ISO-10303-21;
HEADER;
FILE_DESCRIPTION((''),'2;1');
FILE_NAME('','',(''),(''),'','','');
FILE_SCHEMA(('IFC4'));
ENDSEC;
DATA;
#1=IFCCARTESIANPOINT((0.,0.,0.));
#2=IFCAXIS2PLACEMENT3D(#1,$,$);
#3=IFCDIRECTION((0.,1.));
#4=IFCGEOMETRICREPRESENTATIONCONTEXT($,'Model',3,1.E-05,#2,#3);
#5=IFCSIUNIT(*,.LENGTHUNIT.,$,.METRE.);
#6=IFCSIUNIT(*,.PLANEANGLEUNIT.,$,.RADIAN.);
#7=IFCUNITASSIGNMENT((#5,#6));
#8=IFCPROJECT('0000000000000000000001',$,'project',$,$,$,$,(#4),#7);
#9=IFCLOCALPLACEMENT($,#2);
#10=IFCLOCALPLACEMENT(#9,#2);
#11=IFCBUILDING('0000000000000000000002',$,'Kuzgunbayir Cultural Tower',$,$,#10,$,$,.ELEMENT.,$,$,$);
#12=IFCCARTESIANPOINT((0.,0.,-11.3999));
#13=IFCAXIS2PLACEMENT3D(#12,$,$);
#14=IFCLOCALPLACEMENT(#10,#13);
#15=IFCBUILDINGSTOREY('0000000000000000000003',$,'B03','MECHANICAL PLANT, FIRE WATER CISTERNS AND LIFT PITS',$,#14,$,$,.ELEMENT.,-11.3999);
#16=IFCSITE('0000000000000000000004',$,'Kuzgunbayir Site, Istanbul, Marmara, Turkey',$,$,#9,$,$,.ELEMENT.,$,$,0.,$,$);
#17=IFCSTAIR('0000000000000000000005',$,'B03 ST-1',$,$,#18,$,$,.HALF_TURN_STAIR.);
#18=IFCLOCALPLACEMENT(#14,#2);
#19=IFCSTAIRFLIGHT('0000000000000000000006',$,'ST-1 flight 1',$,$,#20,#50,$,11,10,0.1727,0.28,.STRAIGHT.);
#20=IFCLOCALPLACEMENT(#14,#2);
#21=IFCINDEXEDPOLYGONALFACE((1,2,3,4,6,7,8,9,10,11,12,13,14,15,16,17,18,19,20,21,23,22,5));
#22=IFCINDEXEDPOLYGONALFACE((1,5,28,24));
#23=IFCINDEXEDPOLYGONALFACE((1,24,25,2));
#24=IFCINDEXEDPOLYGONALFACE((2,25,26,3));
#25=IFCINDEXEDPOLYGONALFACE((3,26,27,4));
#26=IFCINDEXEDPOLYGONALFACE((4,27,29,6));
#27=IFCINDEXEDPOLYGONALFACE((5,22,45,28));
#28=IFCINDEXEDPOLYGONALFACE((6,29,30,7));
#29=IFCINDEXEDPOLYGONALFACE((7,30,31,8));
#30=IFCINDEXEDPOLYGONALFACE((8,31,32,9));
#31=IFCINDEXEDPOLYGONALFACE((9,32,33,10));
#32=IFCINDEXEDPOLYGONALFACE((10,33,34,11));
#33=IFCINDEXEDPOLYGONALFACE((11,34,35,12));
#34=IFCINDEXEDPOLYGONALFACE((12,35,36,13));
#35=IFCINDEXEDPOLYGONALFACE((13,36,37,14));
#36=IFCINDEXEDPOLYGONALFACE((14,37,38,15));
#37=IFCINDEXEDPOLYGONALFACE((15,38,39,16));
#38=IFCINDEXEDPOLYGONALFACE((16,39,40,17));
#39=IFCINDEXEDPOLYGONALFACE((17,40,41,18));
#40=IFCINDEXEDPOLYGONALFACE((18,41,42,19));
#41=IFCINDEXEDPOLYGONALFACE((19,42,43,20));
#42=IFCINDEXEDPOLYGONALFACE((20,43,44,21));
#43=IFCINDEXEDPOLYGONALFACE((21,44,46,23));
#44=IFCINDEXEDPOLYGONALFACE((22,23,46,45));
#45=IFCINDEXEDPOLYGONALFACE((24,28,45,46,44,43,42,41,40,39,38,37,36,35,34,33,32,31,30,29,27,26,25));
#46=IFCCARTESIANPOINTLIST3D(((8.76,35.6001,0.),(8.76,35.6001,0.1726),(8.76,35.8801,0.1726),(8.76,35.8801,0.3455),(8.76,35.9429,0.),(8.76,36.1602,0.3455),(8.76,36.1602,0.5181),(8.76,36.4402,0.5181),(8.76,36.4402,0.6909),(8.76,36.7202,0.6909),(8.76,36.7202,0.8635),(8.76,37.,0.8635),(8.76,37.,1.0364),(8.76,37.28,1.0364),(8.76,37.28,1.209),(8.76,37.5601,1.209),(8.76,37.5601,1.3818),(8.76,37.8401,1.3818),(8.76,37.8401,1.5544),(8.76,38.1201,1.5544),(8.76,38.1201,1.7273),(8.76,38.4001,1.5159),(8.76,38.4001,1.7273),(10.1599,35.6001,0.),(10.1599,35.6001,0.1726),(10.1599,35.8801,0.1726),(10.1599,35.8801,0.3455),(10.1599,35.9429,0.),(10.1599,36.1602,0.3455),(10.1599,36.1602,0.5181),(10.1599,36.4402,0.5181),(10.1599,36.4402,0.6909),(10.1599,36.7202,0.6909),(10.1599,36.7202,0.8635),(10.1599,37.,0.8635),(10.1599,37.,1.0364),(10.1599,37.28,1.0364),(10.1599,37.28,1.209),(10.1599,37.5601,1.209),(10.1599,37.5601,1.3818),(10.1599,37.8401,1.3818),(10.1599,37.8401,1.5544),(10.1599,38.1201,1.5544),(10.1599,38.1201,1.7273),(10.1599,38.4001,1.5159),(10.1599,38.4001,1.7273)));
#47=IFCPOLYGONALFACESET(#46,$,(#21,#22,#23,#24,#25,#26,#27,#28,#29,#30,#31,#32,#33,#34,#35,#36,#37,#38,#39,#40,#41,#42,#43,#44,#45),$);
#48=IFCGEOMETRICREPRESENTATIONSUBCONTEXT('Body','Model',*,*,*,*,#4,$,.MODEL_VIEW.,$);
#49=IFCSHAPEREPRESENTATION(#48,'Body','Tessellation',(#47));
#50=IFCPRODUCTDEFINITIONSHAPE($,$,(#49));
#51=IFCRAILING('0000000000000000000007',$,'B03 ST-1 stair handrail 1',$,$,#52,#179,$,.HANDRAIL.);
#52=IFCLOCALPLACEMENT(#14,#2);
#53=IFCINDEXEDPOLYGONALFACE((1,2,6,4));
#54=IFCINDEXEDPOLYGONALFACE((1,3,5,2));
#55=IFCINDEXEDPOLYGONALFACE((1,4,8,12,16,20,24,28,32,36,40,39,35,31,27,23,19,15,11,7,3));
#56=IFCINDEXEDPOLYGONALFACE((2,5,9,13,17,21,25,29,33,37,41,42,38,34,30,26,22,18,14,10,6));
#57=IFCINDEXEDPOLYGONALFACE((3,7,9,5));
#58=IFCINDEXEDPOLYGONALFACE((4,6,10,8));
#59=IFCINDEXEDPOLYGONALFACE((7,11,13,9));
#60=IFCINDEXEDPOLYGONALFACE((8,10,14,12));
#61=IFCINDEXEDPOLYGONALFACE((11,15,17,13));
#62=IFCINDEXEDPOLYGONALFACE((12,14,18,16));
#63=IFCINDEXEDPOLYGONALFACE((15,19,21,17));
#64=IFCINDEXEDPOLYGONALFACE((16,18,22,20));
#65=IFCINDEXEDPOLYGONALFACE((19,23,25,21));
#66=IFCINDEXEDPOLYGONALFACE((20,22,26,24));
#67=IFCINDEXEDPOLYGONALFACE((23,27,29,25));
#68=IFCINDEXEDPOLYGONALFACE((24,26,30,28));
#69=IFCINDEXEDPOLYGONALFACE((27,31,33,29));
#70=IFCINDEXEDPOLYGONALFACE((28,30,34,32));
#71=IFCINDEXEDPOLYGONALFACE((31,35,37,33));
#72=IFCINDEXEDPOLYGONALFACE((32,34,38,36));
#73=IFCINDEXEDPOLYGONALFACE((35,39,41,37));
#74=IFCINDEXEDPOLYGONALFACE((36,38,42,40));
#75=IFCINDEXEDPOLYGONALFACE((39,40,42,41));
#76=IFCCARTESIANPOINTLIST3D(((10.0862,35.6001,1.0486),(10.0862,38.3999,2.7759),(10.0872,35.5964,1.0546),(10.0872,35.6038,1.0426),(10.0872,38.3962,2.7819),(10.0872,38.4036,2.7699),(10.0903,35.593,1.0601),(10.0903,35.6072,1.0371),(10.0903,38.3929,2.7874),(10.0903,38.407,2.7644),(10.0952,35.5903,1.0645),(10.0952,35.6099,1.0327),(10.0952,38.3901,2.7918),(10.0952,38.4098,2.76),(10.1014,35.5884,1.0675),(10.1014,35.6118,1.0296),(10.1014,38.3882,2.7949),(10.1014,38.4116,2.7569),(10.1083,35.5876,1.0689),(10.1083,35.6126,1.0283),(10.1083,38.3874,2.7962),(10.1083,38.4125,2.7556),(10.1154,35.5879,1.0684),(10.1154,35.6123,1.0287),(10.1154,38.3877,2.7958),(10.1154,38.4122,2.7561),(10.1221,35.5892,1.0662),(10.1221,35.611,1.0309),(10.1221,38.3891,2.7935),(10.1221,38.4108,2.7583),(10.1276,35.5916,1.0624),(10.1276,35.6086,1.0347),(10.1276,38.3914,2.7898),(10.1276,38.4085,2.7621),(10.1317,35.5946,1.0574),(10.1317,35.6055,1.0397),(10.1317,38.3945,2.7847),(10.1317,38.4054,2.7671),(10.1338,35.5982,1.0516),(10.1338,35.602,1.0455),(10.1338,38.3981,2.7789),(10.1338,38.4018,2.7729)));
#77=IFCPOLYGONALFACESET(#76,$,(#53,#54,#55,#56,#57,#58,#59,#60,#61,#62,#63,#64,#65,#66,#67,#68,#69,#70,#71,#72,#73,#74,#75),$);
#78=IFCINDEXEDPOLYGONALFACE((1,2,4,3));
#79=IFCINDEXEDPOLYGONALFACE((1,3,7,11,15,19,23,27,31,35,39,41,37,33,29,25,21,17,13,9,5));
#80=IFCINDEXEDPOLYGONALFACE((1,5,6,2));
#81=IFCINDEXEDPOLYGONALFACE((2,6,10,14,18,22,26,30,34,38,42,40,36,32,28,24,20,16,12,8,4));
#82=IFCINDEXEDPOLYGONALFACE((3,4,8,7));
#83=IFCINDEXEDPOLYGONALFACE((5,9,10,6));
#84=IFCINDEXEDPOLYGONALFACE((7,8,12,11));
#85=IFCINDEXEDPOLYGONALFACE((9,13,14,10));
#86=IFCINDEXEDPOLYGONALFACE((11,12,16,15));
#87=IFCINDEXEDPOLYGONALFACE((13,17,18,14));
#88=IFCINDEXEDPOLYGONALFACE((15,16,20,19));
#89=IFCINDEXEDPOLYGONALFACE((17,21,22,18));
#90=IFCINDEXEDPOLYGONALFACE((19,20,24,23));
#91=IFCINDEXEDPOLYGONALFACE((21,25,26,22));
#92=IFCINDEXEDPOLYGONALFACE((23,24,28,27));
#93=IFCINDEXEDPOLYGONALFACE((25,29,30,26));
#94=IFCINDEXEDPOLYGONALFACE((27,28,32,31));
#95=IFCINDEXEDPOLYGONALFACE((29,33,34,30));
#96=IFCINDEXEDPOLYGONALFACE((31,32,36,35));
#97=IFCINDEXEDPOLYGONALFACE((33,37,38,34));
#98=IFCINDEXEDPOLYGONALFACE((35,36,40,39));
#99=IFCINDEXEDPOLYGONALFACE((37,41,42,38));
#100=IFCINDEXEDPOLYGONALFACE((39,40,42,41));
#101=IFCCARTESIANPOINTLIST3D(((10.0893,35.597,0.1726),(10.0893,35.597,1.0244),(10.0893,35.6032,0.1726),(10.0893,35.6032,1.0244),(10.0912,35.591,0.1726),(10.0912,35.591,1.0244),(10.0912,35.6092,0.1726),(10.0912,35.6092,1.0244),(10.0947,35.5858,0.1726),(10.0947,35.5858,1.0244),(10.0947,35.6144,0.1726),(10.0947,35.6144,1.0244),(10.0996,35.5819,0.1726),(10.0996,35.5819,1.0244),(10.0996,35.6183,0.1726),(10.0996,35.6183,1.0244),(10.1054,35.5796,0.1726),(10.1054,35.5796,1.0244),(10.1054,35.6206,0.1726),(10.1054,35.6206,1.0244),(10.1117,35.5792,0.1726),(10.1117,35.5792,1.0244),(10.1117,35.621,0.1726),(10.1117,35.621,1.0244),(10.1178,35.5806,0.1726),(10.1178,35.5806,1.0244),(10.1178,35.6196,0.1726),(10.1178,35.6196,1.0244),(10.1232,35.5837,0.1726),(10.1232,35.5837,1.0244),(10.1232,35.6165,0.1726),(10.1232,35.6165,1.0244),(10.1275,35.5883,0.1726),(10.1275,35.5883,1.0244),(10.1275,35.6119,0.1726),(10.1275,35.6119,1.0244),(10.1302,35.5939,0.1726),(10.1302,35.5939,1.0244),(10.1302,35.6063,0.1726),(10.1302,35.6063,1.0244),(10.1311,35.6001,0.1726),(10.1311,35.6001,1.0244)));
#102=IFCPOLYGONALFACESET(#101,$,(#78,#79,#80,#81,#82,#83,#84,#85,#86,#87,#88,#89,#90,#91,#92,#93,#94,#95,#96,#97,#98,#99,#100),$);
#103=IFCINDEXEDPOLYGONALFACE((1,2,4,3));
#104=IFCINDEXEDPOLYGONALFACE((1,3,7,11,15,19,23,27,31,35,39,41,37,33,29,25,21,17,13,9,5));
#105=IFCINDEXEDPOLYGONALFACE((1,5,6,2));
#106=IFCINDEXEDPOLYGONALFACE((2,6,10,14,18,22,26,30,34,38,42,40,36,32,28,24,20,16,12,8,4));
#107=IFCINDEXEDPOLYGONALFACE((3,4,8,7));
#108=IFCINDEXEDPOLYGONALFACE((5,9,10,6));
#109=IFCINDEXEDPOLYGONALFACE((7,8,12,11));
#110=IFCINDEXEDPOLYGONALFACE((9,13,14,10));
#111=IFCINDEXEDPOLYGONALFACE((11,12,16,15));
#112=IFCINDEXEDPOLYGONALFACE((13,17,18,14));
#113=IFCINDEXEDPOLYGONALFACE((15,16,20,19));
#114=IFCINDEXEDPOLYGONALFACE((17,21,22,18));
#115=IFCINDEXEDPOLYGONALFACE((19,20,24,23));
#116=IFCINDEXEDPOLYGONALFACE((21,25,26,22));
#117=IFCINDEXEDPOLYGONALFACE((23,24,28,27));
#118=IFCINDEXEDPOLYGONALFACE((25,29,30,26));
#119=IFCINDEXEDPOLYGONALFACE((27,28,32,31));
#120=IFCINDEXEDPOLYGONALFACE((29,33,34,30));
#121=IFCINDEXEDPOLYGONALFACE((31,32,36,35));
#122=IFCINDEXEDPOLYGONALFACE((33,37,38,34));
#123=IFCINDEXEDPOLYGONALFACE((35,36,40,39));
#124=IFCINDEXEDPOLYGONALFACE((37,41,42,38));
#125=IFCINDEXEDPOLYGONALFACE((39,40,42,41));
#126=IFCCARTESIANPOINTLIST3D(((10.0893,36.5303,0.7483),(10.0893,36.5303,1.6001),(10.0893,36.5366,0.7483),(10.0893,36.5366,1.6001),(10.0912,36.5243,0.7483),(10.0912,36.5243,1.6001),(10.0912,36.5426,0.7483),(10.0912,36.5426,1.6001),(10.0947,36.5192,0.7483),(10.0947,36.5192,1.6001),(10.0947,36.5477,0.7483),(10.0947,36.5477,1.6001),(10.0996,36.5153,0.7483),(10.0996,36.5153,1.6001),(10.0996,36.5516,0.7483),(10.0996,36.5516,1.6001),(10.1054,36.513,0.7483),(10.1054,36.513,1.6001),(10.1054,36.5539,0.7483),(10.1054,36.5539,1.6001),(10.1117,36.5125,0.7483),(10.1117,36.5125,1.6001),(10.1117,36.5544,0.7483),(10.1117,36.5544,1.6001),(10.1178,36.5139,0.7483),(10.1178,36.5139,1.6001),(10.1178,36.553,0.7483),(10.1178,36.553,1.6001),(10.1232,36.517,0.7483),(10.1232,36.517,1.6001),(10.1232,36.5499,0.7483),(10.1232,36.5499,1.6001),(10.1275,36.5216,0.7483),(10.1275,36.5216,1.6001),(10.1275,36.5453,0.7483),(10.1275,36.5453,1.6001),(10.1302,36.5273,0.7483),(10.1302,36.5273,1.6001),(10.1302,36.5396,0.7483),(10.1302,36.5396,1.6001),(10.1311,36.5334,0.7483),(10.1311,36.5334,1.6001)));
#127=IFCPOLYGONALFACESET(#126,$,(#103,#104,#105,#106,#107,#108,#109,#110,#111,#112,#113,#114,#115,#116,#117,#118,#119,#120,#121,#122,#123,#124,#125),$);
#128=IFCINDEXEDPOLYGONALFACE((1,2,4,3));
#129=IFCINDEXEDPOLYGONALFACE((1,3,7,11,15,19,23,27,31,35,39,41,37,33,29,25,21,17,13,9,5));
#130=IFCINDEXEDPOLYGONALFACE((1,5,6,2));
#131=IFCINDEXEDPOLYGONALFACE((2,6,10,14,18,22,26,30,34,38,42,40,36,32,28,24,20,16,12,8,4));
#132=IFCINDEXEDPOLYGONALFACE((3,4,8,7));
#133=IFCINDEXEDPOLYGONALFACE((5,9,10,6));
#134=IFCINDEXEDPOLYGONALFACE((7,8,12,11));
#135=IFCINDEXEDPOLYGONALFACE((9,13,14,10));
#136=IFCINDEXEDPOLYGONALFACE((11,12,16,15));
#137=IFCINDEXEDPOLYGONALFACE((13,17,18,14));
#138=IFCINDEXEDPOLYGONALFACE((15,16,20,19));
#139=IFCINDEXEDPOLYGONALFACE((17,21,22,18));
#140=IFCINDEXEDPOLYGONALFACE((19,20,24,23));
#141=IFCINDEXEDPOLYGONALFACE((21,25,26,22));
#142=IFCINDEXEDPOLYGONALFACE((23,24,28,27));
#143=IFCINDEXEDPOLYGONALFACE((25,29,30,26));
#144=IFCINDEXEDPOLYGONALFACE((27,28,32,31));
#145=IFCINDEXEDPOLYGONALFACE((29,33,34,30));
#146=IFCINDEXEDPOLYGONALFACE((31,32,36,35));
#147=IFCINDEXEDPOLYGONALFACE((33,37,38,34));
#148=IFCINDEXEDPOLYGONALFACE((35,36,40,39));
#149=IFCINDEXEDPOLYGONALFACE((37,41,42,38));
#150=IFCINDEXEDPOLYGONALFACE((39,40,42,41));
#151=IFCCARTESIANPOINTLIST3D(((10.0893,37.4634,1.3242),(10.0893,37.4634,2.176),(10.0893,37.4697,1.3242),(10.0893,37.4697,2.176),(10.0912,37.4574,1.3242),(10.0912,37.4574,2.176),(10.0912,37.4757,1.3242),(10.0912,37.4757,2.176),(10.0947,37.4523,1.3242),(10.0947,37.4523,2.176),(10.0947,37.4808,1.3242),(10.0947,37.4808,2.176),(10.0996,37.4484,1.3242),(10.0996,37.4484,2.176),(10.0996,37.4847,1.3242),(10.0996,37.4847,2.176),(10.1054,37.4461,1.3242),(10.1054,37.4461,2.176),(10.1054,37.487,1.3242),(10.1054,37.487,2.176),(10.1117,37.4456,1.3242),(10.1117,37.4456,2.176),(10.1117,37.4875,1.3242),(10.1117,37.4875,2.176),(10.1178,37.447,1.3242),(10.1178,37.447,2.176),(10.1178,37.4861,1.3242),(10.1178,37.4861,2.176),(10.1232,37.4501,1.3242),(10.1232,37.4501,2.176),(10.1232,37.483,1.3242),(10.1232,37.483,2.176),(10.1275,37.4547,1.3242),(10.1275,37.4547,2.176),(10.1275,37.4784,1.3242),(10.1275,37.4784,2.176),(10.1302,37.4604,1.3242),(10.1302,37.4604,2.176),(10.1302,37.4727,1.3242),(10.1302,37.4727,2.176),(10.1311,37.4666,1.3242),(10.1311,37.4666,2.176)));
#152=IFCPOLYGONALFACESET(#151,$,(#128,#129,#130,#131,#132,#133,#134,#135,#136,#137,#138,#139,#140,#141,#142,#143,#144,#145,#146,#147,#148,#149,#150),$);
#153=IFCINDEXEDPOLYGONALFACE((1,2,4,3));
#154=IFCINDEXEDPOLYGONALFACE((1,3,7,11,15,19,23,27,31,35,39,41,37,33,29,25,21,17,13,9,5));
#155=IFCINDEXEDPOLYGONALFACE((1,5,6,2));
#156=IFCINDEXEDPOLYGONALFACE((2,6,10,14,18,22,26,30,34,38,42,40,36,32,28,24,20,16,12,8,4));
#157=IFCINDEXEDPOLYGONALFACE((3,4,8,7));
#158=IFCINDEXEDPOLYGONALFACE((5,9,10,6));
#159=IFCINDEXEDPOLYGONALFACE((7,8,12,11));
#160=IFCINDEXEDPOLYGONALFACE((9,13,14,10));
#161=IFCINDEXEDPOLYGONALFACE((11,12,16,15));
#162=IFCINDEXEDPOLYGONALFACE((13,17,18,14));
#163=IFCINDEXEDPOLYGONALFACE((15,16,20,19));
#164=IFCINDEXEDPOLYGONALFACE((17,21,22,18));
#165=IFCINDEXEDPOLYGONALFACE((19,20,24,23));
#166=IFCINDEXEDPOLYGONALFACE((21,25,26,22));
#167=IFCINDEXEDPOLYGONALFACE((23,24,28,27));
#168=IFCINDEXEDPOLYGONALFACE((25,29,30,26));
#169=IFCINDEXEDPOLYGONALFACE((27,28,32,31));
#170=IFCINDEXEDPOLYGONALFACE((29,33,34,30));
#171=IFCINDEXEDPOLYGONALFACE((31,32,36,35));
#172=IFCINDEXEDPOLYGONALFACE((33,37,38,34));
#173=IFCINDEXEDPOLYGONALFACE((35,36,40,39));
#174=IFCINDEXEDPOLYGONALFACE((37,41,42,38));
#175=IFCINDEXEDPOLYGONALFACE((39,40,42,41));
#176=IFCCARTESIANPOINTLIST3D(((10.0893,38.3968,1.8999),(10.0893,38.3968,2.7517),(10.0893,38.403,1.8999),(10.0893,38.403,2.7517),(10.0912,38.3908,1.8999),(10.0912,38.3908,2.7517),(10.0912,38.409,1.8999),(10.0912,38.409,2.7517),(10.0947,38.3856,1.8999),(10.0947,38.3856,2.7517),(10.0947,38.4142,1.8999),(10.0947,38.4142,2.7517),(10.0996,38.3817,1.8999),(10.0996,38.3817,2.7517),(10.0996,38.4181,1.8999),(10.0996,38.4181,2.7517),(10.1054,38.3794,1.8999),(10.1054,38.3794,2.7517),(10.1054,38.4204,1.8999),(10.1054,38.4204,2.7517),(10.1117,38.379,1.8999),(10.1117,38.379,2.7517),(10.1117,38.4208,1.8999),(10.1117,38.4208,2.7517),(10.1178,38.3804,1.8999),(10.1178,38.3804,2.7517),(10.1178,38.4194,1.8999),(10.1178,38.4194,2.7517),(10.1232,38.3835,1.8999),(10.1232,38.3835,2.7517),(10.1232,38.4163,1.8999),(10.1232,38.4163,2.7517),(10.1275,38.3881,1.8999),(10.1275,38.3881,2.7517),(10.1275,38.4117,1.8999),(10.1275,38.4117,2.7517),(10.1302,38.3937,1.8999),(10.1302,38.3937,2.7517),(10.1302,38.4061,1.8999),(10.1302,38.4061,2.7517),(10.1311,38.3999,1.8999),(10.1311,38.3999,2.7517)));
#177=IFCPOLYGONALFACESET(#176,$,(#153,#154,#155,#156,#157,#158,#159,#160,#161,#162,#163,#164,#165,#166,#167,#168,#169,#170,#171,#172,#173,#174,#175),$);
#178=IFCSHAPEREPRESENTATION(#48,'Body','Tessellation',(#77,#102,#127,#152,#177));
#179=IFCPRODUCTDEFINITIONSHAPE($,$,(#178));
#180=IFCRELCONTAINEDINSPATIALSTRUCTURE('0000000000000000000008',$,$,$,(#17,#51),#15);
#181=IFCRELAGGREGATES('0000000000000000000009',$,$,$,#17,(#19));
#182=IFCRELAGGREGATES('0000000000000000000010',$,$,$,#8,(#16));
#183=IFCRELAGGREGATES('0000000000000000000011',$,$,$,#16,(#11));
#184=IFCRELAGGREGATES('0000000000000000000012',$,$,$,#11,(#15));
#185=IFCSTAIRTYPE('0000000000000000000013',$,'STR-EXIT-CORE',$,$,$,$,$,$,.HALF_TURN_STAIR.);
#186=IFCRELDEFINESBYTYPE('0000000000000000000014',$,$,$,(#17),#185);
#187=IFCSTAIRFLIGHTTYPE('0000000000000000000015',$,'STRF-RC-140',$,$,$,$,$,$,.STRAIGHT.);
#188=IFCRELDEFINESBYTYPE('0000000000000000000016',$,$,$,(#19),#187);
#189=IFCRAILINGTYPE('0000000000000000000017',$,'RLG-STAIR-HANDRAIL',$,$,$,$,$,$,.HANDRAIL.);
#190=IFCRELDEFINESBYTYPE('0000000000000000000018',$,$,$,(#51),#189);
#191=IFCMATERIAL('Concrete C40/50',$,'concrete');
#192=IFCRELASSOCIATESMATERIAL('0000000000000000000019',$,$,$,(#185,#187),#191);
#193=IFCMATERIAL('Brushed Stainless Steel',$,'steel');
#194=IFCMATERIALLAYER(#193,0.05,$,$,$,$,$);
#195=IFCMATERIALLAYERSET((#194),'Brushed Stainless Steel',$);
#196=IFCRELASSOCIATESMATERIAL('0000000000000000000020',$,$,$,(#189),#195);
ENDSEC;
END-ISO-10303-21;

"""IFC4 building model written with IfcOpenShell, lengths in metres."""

from ifc_helpers import new_model, si_unit, direction, frame, origin, origin_2d, place, context, subcontext, project, spatial, polyline, circle, outline, extrude, material, layer, layer_set, type_object, element, aggregate, save


model = new_model("IFC4")

# Units and contexts
model_context = context("Model", 3, precision=1e-05, world=origin(), true_north=direction((0.0, 1.0)))
body_context = subcontext(model_context, "Body", "Model", "MODEL_VIEW")
ifc_project = project(units=[si_unit("LENGTHUNIT", "METRE"), si_unit("PLANEANGLEUNIT", "RADIAN")], contexts=[model_context])

# Site, building, storey
site_placement = place(None, origin())
site = spatial("IfcSite", under=ifc_project, at=site_placement, Name="Kuzgunbayir Site, Istanbul, Marmara, Turkey", CompositionType="ELEMENT", RefElevation=0.0)
building_placement = place(site_placement, origin())
building = spatial("IfcBuilding", under=site, at=building_placement, Name="Kuzgunbayir Cultural Tower", CompositionType="ELEMENT")
storey_placement = place(building_placement, frame((0.0, 0.0, -11.3999)))
storey = spatial("IfcBuildingStorey", under=building, at=storey_placement, Name="B03", Description="MECHANICAL PLANT, FIRE WATER CISTERNS AND LIFT PITS", CompositionType="ELEMENT", Elevation=-11.3999)

# Shared definitions
ifc_material_1 = material(Name="Concrete C40/50", Category="concrete")

# Stair, stair flight
stair_type = type_object("IfcStairType", Name="STR-EXIT-CORE", PredefinedType="HALF_TURN_STAIR", material=ifc_material_1)
stair_placement = place(storey_placement, origin())
stair = element("IfcStair", 1, at=stair_placement, inside=storey, type_object=stair_type, Name="B03 ST-1", PredefinedType="HALF_TURN_STAIR")
stair_flight_type = type_object("IfcStairFlightType", Name="STRF-RC-140", PredefinedType="STRAIGHT", material=ifc_material_1)
stair_flight_placement = place(storey_placement, frame((9.46, 35.6001, 0.0), z_axis=(0.0, 0.0, 1.0), x_axis=(0.0, 1.0, 0.0)))
stair_flight = element("IfcStairFlight", 2, at=stair_flight_placement, type_object=stair_flight_type, Name="ST-1 flight 1", NumberOfRisers=11, NumberOfTreads=10, PredefinedType="STRAIGHT", RiserHeight=0.1727, TreadLength=0.28, context=body_context, shape_type="SweptSolid", body=[
    extrude(outline(polyline([(0.0, 0.0), (0.0, 0.1726), (0.28, 0.1726), (0.28, 0.3455), (0.5601, 0.3455), (0.5601, 0.5181), (0.8401, 0.5181), (0.8401, 0.6909), (1.1201, 0.6909), (1.1201, 0.8635), (1.3999, 0.8635), (1.3999, 1.0364), (1.6799, 1.0364), (1.6799, 1.209), (1.96, 1.209), (1.96, 1.3818), (2.24, 1.3818), (2.24, 1.5544), (2.52, 1.5544), (2.52, 1.7273), (2.8, 1.7273), (2.8, 1.8999), (2.8, 1.5159), (0.3428, 0.0), (0.0, 0.0)])), frame((0.0, 0.7, 0.0), z_axis=(0.0, -1.0, 0.0), x_axis=(1.0, 0.0, 0.0)), (0.0, 0.0, 1.0), 1.3999),
])
aggregate(stair, [stair_flight])

# Railing
ifc_material_2 = material(Name="Brushed Stainless Steel", Category="steel")
ifc_layer_1 = layer(ifc_material_2, 0.05)
ifc_layer_set_1 = layer_set([ifc_layer_1], Name="Brushed Stainless Steel")
railing_type_1 = type_object("IfcRailingType", Name="RLG-STAIR-HANDRAIL", PredefinedType="HANDRAIL", material=ifc_layer_set_1)
railing_1_placement = place(storey_placement, frame((10.1101, 35.6001, 0.1726)))
element("IfcRailing", 3, at=railing_1_placement, inside=storey, type_object=railing_type_1, Name="B03 ST-1 stair handrail 1", PredefinedType="HANDRAIL", context=body_context, shape_type="SweptSolid", body=[
    extrude(circle(Radius=0.0239, at=origin_2d()), frame((0.0, 0.0, 0.876), z_axis=(0.0, 0.851069, 0.525054), x_axis=(-1.0, 0.0, 0.0)), (0.0, 0.0, 1.0), 3.2898),
    extrude(circle(Radius=0.021, at=origin_2d()), origin(), (0.0, 0.0, 1.0), 0.8518),
    extrude(circle(Radius=0.021, at=origin_2d()), frame((0.0, 0.9333, 0.5757)), (0.0, 0.0, 1.0), 0.8518),
    extrude(circle(Radius=0.021, at=origin_2d()), frame((0.0, 1.8665, 1.1516)), (0.0, 0.0, 1.0), 0.8518),
    extrude(circle(Radius=0.021, at=origin_2d()), frame((0.0, 2.7998, 1.7273)), (0.0, 0.0, 1.0), 0.8518),
])

save(model, "model.ifc")
